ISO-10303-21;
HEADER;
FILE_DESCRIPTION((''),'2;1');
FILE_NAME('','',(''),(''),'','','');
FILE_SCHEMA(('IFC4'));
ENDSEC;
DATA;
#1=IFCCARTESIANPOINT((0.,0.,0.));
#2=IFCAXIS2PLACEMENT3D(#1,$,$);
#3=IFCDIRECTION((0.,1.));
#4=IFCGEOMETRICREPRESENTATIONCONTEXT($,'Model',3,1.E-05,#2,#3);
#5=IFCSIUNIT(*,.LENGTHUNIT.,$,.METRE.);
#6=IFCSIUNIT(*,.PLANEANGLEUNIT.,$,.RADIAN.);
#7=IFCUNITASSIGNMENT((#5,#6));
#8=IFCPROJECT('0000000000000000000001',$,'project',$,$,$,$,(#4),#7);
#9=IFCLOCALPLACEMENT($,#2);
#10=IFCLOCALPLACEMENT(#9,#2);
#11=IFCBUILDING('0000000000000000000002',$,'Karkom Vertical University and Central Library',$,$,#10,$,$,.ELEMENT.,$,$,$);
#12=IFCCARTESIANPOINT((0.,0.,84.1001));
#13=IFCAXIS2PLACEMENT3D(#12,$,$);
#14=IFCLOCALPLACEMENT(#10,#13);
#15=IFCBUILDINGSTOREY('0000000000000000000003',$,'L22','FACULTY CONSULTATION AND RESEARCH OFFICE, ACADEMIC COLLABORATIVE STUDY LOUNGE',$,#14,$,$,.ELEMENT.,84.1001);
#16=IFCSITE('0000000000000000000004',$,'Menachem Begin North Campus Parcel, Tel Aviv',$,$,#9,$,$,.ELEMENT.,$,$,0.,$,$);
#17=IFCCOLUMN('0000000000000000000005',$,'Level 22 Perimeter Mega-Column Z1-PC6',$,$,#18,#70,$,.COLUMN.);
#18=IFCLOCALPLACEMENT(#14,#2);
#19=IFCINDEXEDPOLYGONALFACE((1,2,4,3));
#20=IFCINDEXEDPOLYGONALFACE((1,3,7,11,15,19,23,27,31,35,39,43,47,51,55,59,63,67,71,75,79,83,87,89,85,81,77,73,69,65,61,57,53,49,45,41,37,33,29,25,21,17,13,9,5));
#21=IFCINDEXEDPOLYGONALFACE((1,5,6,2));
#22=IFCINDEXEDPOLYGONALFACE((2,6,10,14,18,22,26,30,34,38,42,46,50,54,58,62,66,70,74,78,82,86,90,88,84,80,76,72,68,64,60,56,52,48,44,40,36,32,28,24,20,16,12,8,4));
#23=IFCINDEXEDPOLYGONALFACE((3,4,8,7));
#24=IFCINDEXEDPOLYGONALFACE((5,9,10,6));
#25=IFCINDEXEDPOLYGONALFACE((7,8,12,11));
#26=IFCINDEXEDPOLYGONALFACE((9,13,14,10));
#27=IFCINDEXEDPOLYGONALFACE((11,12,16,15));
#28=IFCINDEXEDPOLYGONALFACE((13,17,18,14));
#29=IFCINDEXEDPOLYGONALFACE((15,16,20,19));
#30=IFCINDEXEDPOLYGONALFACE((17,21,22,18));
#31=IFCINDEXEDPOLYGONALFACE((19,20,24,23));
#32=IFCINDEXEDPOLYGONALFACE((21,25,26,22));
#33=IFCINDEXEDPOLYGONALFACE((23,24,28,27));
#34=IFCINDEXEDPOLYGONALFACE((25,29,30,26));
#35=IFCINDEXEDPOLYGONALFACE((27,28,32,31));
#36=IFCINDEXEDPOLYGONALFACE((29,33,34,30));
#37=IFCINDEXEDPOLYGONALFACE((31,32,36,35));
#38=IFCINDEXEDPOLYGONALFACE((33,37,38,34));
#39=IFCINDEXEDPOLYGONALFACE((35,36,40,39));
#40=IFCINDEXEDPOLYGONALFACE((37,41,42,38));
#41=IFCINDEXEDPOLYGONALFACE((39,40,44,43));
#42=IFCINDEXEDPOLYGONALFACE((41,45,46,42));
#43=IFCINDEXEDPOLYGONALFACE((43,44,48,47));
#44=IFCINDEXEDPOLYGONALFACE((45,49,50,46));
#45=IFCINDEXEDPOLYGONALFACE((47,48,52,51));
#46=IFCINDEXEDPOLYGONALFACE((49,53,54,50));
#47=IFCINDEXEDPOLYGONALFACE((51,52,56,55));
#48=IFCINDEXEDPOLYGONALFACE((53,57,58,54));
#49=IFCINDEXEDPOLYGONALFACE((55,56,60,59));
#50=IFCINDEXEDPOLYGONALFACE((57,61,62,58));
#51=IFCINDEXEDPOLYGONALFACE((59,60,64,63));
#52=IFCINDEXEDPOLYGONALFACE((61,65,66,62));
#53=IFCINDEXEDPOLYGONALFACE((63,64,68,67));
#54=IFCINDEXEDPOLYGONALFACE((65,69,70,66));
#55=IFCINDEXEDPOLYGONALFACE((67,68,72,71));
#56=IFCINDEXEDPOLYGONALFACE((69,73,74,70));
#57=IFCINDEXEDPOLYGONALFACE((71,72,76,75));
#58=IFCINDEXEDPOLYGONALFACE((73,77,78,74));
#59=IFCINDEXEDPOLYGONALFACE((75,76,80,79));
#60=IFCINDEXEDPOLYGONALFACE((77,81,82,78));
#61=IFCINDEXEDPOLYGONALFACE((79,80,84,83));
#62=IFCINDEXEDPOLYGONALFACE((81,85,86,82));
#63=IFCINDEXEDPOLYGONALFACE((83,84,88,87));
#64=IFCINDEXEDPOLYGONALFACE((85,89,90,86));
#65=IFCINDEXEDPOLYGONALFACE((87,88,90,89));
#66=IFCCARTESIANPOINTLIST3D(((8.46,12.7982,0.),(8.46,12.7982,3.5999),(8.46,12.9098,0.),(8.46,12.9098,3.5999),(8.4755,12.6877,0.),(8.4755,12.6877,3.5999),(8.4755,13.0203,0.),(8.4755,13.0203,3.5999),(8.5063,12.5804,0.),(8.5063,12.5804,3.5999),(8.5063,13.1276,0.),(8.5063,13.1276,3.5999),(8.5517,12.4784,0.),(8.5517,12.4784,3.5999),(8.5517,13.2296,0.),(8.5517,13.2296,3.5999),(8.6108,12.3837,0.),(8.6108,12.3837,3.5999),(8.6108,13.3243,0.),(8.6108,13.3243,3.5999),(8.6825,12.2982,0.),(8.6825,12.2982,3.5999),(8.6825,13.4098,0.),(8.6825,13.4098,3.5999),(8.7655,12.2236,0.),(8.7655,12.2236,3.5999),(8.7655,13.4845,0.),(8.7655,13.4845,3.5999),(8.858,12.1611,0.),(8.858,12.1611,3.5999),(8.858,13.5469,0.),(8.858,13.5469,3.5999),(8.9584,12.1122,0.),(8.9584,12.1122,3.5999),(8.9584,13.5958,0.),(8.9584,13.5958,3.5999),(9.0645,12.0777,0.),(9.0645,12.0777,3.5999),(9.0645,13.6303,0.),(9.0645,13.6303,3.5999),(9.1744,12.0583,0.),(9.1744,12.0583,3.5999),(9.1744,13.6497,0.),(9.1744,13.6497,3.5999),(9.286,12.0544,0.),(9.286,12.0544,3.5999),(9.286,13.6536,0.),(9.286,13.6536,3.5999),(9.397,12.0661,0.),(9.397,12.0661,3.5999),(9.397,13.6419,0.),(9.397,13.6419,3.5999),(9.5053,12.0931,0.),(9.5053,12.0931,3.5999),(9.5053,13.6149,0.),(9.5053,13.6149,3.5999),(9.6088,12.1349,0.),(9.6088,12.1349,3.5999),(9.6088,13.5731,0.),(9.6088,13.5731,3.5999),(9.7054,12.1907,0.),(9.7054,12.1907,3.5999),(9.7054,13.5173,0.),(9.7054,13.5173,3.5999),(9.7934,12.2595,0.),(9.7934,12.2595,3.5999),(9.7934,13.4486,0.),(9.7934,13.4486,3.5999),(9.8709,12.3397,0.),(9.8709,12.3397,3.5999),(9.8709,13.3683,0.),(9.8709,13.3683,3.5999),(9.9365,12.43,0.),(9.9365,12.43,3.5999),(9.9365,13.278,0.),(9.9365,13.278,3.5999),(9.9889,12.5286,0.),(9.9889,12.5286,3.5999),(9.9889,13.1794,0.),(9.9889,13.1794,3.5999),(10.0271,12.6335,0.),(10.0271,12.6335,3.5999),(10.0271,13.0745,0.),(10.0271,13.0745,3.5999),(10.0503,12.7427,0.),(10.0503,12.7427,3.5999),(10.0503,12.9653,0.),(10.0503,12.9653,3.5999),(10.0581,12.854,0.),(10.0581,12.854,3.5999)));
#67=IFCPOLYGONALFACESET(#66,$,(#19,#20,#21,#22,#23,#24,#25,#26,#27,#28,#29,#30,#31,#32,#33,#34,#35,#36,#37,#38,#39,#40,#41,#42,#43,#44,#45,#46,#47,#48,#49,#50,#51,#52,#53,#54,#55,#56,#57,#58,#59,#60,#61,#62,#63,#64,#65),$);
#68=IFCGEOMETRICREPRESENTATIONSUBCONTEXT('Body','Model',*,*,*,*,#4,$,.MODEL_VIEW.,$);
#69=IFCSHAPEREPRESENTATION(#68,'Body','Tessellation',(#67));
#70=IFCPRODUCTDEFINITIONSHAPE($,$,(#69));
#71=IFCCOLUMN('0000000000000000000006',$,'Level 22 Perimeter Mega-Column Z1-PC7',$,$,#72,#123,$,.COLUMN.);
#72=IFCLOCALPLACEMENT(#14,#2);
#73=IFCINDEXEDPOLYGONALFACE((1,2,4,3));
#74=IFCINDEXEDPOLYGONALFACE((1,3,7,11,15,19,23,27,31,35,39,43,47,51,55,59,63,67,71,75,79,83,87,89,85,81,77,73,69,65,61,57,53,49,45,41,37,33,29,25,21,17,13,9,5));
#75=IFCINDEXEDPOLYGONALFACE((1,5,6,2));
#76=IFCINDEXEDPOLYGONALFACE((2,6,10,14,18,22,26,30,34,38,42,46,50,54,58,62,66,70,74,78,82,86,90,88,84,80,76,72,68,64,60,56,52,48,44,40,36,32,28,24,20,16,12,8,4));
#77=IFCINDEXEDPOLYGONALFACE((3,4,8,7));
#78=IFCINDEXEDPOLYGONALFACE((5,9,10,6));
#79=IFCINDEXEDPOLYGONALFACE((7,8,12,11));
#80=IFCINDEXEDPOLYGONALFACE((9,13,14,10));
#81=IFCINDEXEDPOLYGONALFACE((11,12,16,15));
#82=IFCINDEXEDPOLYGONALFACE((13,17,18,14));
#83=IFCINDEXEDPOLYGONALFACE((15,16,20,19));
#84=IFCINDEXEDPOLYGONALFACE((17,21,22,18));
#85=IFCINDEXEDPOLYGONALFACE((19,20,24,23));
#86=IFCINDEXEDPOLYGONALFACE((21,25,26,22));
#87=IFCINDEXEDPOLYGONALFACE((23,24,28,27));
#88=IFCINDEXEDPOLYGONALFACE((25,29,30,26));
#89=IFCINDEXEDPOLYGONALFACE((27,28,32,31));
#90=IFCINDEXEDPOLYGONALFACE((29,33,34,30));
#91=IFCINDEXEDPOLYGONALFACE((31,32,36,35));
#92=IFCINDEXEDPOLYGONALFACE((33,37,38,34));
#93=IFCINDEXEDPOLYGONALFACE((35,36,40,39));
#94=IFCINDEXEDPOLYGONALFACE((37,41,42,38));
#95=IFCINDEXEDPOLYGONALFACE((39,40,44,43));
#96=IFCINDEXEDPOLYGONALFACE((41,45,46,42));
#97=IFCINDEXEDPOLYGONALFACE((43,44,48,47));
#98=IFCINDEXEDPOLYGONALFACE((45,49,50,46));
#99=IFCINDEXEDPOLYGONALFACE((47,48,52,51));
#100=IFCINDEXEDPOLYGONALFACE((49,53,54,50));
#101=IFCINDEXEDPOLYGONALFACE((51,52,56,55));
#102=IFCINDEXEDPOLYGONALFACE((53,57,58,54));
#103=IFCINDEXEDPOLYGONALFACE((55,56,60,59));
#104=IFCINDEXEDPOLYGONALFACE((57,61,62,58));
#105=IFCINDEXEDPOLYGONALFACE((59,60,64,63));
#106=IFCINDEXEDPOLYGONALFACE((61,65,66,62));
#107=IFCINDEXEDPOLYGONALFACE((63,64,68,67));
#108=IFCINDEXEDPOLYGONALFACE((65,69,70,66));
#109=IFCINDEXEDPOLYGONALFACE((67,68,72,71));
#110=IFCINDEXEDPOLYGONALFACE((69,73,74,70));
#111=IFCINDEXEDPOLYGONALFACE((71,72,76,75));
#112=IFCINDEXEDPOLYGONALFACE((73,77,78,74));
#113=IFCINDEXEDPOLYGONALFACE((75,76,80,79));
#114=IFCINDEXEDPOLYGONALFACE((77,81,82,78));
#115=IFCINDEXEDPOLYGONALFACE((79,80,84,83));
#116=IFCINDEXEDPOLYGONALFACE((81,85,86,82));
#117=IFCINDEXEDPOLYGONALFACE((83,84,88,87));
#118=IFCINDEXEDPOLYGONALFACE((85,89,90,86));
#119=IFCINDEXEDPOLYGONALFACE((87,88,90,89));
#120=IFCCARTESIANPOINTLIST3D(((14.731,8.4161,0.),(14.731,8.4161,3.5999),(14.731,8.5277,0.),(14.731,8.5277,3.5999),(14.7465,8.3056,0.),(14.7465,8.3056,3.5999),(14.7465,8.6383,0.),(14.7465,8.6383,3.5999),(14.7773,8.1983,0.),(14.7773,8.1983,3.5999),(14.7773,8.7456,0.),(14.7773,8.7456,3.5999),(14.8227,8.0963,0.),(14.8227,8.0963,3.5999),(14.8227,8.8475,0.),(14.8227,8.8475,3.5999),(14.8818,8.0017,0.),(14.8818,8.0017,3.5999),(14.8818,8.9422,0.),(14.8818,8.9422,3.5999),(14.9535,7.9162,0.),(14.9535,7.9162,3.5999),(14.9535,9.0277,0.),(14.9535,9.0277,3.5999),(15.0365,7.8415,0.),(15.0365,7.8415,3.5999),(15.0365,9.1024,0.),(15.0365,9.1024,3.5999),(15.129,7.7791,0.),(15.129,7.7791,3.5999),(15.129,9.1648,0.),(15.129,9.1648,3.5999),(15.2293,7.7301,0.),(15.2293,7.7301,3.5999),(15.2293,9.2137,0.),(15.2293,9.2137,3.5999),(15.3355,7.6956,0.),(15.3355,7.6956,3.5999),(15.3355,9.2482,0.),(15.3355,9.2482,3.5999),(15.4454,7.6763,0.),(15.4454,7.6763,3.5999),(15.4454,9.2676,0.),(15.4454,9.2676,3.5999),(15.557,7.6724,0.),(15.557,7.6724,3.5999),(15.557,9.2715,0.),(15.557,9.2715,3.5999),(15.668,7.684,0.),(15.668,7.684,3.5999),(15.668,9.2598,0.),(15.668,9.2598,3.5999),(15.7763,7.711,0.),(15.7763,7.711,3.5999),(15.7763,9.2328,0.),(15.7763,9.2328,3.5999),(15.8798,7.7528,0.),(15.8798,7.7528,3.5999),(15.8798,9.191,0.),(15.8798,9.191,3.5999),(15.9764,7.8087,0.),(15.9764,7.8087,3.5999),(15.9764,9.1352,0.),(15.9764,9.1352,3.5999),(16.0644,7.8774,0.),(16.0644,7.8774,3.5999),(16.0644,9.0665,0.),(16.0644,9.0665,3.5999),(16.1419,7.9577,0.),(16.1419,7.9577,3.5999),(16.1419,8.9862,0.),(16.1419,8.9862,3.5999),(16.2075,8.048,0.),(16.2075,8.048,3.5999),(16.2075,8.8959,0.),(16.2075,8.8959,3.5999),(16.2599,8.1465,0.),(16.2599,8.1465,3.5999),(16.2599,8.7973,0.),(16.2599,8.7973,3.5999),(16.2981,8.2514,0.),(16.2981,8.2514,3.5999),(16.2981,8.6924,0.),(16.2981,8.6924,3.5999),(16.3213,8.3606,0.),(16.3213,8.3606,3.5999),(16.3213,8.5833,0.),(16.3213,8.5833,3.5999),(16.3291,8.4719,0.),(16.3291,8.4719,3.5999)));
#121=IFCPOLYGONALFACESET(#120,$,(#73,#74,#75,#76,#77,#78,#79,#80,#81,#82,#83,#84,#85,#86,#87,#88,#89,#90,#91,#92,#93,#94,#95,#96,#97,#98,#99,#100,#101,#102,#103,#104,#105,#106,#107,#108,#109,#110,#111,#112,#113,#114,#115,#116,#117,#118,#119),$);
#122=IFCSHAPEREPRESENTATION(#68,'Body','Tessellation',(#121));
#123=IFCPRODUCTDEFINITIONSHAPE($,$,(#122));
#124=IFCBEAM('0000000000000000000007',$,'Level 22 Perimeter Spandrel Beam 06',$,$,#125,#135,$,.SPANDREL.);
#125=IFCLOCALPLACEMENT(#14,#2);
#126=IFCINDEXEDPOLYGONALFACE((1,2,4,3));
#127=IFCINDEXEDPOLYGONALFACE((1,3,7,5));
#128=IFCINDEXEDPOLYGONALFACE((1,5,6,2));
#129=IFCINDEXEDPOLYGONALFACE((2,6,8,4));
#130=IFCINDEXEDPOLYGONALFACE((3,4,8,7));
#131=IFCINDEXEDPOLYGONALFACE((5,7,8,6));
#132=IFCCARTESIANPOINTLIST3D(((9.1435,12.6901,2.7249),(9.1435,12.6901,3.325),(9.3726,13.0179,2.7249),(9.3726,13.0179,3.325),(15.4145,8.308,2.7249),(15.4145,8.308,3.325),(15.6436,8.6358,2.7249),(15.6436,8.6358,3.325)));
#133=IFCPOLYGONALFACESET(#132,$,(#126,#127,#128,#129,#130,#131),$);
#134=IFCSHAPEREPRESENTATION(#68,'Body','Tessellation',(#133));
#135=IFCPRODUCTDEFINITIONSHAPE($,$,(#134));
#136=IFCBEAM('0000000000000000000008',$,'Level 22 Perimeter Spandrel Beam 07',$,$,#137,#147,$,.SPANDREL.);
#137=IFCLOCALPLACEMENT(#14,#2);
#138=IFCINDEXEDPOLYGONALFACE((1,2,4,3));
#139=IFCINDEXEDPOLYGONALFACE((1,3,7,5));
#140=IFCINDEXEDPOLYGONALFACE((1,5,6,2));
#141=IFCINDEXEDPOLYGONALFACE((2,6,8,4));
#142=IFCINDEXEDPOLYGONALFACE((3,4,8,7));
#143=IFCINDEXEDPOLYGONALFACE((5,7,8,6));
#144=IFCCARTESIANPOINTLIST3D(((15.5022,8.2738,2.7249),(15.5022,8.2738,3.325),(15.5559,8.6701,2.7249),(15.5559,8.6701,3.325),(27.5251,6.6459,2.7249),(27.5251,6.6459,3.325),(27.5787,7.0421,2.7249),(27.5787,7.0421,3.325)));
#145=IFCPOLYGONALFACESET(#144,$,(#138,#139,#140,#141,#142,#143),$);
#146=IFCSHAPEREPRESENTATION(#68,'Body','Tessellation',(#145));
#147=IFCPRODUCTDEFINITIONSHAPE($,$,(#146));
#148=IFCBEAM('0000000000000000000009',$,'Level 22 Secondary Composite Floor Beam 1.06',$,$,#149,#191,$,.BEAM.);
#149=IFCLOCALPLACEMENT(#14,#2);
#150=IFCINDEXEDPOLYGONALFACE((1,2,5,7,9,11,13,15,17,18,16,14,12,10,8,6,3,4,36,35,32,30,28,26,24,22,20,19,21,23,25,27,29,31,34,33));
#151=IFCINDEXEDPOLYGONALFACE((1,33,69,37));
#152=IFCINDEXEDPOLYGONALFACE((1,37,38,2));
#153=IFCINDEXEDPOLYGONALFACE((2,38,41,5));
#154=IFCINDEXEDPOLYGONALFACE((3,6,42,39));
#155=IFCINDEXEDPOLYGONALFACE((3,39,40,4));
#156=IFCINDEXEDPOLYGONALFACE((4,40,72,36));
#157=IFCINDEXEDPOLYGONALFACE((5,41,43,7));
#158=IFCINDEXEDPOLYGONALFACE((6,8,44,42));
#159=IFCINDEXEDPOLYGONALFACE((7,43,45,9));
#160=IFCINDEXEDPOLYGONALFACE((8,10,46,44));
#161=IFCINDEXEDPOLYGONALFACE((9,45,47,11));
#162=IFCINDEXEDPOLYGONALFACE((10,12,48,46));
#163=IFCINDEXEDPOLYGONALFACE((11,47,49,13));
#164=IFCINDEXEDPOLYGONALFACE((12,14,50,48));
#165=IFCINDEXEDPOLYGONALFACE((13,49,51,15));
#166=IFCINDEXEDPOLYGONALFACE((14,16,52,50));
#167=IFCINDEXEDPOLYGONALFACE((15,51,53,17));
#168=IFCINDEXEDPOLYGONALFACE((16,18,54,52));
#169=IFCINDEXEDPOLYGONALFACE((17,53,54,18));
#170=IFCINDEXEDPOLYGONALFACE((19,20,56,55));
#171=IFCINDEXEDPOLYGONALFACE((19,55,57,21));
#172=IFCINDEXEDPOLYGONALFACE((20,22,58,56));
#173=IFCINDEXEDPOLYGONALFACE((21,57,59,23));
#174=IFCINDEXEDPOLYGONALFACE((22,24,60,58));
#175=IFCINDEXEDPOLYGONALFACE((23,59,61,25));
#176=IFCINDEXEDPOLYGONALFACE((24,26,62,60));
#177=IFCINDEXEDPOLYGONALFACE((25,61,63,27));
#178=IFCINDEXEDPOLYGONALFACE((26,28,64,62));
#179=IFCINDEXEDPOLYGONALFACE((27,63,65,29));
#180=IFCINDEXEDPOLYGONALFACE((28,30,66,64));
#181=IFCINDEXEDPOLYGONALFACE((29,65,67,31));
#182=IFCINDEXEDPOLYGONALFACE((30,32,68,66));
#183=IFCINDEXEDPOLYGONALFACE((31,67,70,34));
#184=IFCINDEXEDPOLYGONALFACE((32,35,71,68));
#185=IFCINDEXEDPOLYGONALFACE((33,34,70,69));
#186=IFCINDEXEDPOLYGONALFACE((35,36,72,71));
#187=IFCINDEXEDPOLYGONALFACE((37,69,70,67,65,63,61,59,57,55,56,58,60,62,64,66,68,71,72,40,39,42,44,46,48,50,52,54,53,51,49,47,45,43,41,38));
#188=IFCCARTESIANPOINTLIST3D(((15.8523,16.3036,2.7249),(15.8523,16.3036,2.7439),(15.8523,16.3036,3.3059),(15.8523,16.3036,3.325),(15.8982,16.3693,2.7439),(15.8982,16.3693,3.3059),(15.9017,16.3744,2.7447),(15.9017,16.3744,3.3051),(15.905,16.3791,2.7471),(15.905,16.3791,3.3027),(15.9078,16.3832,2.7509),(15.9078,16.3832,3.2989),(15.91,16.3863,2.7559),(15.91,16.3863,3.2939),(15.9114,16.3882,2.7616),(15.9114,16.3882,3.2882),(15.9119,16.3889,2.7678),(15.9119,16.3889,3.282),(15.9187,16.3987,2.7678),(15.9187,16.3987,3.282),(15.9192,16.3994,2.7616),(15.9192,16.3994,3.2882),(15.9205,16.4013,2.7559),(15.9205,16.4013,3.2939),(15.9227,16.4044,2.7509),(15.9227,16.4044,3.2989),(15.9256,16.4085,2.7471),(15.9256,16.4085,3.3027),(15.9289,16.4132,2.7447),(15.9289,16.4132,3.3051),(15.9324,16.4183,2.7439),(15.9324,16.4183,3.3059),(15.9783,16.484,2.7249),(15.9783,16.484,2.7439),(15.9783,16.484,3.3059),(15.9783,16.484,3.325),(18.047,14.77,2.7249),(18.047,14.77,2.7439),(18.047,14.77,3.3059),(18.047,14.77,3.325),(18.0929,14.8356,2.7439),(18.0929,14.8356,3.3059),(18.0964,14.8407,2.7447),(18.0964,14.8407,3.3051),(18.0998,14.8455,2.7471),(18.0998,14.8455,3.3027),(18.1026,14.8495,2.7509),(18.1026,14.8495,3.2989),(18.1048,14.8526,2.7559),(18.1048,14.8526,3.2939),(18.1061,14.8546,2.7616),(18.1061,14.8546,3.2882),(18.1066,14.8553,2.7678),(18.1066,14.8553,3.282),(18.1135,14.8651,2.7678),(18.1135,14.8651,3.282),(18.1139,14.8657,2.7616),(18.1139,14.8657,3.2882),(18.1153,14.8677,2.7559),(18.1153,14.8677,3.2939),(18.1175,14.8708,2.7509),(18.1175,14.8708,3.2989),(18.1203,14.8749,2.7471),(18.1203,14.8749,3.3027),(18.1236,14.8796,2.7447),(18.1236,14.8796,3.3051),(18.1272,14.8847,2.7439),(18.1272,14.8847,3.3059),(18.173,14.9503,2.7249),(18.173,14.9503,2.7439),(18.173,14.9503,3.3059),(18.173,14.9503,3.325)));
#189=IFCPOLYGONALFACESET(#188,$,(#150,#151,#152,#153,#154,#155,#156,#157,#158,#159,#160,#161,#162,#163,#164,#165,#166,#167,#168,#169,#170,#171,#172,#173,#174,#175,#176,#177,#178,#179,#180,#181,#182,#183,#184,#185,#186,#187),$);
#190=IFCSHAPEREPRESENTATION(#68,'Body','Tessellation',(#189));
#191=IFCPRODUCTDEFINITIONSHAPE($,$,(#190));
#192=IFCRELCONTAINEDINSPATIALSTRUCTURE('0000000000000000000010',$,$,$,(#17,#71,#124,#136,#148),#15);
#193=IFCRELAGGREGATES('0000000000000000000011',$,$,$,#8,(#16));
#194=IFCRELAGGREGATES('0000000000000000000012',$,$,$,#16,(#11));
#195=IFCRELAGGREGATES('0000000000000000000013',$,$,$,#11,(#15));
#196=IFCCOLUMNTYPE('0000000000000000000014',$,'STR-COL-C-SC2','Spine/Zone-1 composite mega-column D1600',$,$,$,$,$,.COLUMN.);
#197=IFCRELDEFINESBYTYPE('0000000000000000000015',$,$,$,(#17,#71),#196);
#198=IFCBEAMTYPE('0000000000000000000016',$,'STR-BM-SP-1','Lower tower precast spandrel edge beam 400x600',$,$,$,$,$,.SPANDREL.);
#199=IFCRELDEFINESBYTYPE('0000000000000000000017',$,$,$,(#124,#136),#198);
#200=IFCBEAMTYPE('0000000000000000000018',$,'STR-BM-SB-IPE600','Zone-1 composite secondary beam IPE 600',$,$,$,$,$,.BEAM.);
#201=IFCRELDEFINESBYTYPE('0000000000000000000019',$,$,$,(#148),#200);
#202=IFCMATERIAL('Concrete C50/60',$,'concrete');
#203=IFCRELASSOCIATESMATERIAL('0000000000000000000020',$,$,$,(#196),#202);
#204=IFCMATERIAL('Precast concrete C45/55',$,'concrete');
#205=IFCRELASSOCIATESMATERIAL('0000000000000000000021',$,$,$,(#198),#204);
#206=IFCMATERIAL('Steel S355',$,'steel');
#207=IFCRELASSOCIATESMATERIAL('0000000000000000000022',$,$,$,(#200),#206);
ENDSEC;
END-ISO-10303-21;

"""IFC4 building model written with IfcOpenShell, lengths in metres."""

from ifc_helpers import new_model, si_unit, direction, frame, origin, origin_with_axes, origin_2d, place, context, subcontext, project, spatial, rectangle, circle, i_section, extrude, source, transform, mapped, material, material_profile, profile_set, type_object, element, save


model = new_model("IFC4")

# Units and contexts
model_context = context("Model", 3, precision=1e-05, world=origin(), true_north=direction((0.0, 1.0)))
body_context = subcontext(model_context, "Body", "Model", "MODEL_VIEW")
ifc_project = project(units=[si_unit("LENGTHUNIT", "METRE"), si_unit("PLANEANGLEUNIT", "RADIAN")], contexts=[model_context])

# Site, building, storey
site_placement = place(None, origin())
site = spatial("IfcSite", under=ifc_project, at=site_placement, Name="Menachem Begin North Campus Parcel, Tel Aviv", CompositionType="ELEMENT", RefElevation=0.0)
building_placement = place(site_placement, origin())
building = spatial("IfcBuilding", under=site, at=building_placement, Name="Karkom Vertical University and Central Library", CompositionType="ELEMENT")
storey_placement = place(building_placement, frame((0.0, 0.0, 84.1001)))
storey = spatial("IfcBuildingStorey", under=building, at=storey_placement, Name="L22", Description="FACULTY CONSULTATION AND RESEARCH OFFICE, ACADEMIC COLLABORATIVE STUDY LOUNGE", CompositionType="ELEMENT", Elevation=84.1001)

# Columns
ifc_material_1 = material(Name="Concrete C50/60", Category="concrete")
ifc_material_profile_1 = material_profile(ifc_material_1, circle(Radius=0.8, at=origin_2d()), Name="CFT-D1600")
ifc_profile_set_1 = profile_set([ifc_material_profile_1], Name="Concrete C50/60")
column_type = type_object("IfcColumnType", Name="STR-COL-C-SC2", Description="Spine/Zone-1 composite mega-column D1600", PredefinedType="COLUMN", material=ifc_profile_set_1)
shared_shape_1 = source(origin_with_axes(), body_context, "Body", "SweptSolid", [
    extrude(circle(Radius=0.8, at=origin_2d()), origin(), (0.0, 0.0, 1.0), 3.5999),
])
for number, where, z_axis, x_axis, name in (
    (1, (9.2581, 12.854, 0.0), (0.0, 0.0, 1.0), (1.0, 0.0, 0.0), "Level 22 Perimeter Mega-Column Z1-PC6"),
    (2, (15.5291, 8.4719, 0.0), (0.0, 0.0, 1.0), (1.0, 0.0, 0.0), "Level 22 Perimeter Mega-Column Z1-PC7"),
):
    element("IfcColumn", number, at=place(storey_placement, frame(where, z_axis=z_axis, x_axis=x_axis)), inside=storey, type_object=column_type, Name=name, PredefinedType="COLUMN", context=body_context, shape_type="MappedRepresentation", body=[
        mapped(shared_shape_1, transform((0.0, 0.0, 0.0), scale=1.0)),
    ])

# Beams
ifc_material_2 = material(Name="Precast concrete C45/55", Category="concrete")
ifc_material_profile_2 = material_profile(ifc_material_2, rectangle(XDim=0.3999, YDim=0.6001, at=origin_2d()), Name="SPB-400x600")
ifc_profile_set_2 = profile_set([ifc_material_profile_2], Name="Precast concrete C45/55")
beam_type_1 = type_object("IfcBeamType", Name="STR-BM-SP-1", Description="Lower tower precast spandrel edge beam 400x600", PredefinedType="SPANDREL", material=ifc_profile_set_2)
shared_shape_2 = source(origin_with_axes(), body_context, "Body", "SweptSolid", [
    extrude(rectangle(XDim=0.3999, YDim=0.6001, at=origin_2d()), origin(), (0.0, 0.0, 1.0), 7.6504),
])
beam_1_placement = place(storey_placement, frame((9.2581, 12.854, 3.0249), z_axis=(0.819699, -0.572794, 0.0), x_axis=(0.572794, 0.819699, 0.0)))
element("IfcBeam", 3, at=beam_1_placement, inside=storey, type_object=beam_type_1, Name="Level 22 Perimeter Spandrel Beam 06", PredefinedType="SPANDREL", context=body_context, shape_type="MappedRepresentation", body=[
    mapped(shared_shape_2, transform((0.0, 0.0, 0.0), scale=1.0)),
])
shared_shape_3 = source(origin_with_axes(), body_context, "Body", "SweptSolid", [
    extrude(rectangle(XDim=0.3999, YDim=0.6001, at=origin_2d()), origin(), (0.0, 0.0, 1.0), 12.1326),
])
beam_2_placement = place(storey_placement, frame((15.5291, 8.4719, 3.0249), z_axis=(0.990957, -0.134177, 0.0), x_axis=(0.134177, 0.990957, 0.0)))
element("IfcBeam", 4, at=beam_2_placement, inside=storey, type_object=beam_type_1, Name="Level 22 Perimeter Spandrel Beam 07", PredefinedType="SPANDREL", context=body_context, shape_type="MappedRepresentation", body=[
    mapped(shared_shape_3, transform((0.0, 0.0, 0.0), scale=1.0)),
])
ifc_material_3 = material(Name="Steel S355", Category="steel")
ifc_material_profile_3 = material_profile(ifc_material_3, i_section(OverallWidth=0.22, OverallDepth=0.6001, WebThickness=0.012, FlangeThickness=0.019, FilletRadius=0.0239, at=origin_2d()), Name="IPE 600")
ifc_profile_set_3 = profile_set([ifc_material_profile_3], Name="Steel S355")
beam_type_2 = type_object("IfcBeamType", Name="STR-BM-SB-IPE600", Description="Zone-1 composite secondary beam IPE 600", PredefinedType="BEAM", material=ifc_profile_set_3)
shared_shape_4 = source(origin_with_axes(), body_context, "Body", "SweptSolid", [
    extrude(i_section(OverallWidth=0.22, OverallDepth=0.6001, WebThickness=0.012, FlangeThickness=0.019, FilletRadius=0.0239, at=origin_2d()), origin(), (0.0, 0.0, 1.0), 2.6775),
])
beam_3_placement = place(storey_placement, frame((15.9153, 16.3938, 3.0249), z_axis=(0.819703, -0.572789, 0.0), x_axis=(0.572789, 0.819703, 0.0)))
element("IfcBeam", 5, at=beam_3_placement, inside=storey, type_object=beam_type_2, Name="Level 22 Secondary Composite Floor Beam 1.06", PredefinedType="BEAM", context=body_context, shape_type="MappedRepresentation", body=[
    mapped(shared_shape_4, transform((0.0, 0.0, 0.0), scale=1.0)),
])

save(model, "model.ifc")
